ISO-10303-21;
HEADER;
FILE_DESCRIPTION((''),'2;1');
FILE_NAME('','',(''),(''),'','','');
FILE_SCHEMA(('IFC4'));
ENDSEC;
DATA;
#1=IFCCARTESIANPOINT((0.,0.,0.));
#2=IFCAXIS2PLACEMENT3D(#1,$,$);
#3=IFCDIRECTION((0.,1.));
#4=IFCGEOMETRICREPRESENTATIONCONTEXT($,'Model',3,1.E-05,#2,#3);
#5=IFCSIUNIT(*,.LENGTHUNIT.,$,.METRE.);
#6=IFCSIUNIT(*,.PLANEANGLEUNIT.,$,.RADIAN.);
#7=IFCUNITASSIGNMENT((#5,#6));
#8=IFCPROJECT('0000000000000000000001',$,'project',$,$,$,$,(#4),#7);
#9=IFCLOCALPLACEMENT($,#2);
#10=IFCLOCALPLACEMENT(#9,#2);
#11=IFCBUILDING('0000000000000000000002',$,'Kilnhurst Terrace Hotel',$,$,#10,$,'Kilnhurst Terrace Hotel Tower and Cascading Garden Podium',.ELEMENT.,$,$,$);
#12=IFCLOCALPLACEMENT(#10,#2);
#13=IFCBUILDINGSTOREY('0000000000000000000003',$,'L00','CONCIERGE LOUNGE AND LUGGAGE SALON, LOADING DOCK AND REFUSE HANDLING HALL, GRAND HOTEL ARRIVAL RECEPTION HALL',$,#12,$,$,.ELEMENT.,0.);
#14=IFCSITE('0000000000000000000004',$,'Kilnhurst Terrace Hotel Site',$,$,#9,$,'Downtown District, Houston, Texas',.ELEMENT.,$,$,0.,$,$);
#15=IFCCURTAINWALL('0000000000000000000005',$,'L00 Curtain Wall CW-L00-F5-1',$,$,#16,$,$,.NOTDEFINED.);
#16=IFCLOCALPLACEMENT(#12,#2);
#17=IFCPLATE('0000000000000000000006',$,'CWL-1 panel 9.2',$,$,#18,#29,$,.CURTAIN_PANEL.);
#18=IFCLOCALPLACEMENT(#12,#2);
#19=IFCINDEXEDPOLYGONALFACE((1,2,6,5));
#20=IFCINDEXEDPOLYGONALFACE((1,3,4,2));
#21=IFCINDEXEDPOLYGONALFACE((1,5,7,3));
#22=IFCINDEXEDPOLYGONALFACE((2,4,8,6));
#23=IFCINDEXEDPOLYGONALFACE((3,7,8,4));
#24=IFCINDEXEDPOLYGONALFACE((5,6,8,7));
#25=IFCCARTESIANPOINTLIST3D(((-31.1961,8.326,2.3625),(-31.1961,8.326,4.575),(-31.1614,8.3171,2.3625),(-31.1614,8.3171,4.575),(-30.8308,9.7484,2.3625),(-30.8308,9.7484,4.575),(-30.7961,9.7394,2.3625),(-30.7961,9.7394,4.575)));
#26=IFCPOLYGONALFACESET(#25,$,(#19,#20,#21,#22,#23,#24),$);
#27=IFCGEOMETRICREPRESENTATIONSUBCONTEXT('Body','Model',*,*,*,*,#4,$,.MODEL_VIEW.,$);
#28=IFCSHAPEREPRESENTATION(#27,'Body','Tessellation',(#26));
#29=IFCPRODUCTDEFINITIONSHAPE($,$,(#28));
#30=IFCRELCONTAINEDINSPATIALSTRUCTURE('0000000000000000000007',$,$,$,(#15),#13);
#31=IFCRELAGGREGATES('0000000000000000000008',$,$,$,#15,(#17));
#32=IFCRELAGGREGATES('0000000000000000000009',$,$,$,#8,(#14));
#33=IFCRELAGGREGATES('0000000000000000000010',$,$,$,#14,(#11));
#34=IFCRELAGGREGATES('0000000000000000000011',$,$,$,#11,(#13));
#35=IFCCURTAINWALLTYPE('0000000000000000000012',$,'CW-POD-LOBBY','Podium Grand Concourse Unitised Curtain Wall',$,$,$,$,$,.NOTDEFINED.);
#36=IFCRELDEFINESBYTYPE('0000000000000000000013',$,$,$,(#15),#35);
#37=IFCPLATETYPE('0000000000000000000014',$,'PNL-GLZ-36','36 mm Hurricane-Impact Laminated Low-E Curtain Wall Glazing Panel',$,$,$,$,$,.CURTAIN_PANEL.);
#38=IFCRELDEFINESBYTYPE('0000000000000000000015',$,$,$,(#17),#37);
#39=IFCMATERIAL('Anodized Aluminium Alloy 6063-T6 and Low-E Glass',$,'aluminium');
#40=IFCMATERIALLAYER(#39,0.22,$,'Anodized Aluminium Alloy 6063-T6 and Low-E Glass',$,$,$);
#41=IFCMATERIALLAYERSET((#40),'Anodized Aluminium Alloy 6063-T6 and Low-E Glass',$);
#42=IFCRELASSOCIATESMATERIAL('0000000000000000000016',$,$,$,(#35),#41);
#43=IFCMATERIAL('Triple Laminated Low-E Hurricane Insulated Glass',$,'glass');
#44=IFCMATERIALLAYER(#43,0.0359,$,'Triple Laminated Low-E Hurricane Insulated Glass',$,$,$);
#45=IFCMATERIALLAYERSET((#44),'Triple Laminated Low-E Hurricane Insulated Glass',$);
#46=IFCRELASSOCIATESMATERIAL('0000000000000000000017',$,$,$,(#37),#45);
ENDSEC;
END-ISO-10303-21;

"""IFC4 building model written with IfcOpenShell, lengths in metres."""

from ifc_helpers import new_model, si_unit, direction, frame, origin, origin_2d, place, context, subcontext, project, spatial, rectangle, extrude, material, layer, layer_set, type_object, element, aggregate, save


model = new_model("IFC4")

# Units and contexts
model_context = context("Model", 3, precision=1e-05, world=origin(), true_north=direction((0.0, 1.0)))
body_context = subcontext(model_context, "Body", "Model", "MODEL_VIEW")
ifc_project = project(units=[si_unit("LENGTHUNIT", "METRE"), si_unit("PLANEANGLEUNIT", "RADIAN")], contexts=[model_context])

# Site, building, storey
site_placement = place(None, origin())
site = spatial("IfcSite", under=ifc_project, at=site_placement, Name="Kilnhurst Terrace Hotel Site", LongName="Downtown District, Houston, Texas", CompositionType="ELEMENT", RefElevation=0.0)
building_placement = place(site_placement, origin())
building = spatial("IfcBuilding", under=site, at=building_placement, Name="Kilnhurst Terrace Hotel", LongName="Kilnhurst Terrace Hotel Tower and Cascading Garden Podium", CompositionType="ELEMENT")
storey_placement = place(building_placement, origin())
storey = spatial("IfcBuildingStorey", under=building, at=storey_placement, Name="L00", Description="CONCIERGE LOUNGE AND LUGGAGE SALON, LOADING DOCK AND REFUSE HANDLING HALL, GRAND HOTEL ARRIVAL RECEPTION HALL", CompositionType="ELEMENT", Elevation=0.0)

# Curtain wall, plate
ifc_material_1 = material(Name="Anodized Aluminium Alloy 6063-T6 and Low-E Glass", Category="aluminium")
ifc_layer_1 = layer(ifc_material_1, 0.22, Name="Anodized Aluminium Alloy 6063-T6 and Low-E Glass")
ifc_layer_set_1 = layer_set([ifc_layer_1], Name="Anodized Aluminium Alloy 6063-T6 and Low-E Glass")
curtain_wall_type = type_object("IfcCurtainWallType", Name="CW-POD-LOBBY", Description="Podium Grand Concourse Unitised Curtain Wall", PredefinedType="NOTDEFINED", material=ifc_layer_set_1)
curtain_wall_placement = place(storey_placement, origin())
curtain_wall = element("IfcCurtainWall", 1, at=curtain_wall_placement, inside=storey, type_object=curtain_wall_type, Name="L00 Curtain Wall CW-L00-F5-1", PredefinedType="NOTDEFINED")
ifc_material_2 = material(Name="Triple Laminated Low-E Hurricane Insulated Glass", Category="glass")
ifc_layer_2 = layer(ifc_material_2, 0.0359, Name="Triple Laminated Low-E Hurricane Insulated Glass")
ifc_layer_set_2 = layer_set([ifc_layer_2], Name="Triple Laminated Low-E Hurricane Insulated Glass")
plate_type = type_object("IfcPlateType", Name="PNL-GLZ-36", Description="36 mm Hurricane-Impact Laminated Low-E Curtain Wall Glazing Panel", PredefinedType="CURTAIN_PANEL", material=ifc_layer_set_2)
plate_1_placement = place(storey_placement, frame((-30.9961, 9.0327, 2.3625), z_axis=(0.0, 0.0, 1.0), x_axis=(-0.24874, -0.96857, 0.0)))
plate_1 = element("IfcPlate", 2, at=plate_1_placement, type_object=plate_type, Name="CWL-1 panel 9.2", PredefinedType="CURTAIN_PANEL", context=body_context, shape_type="SweptSolid", body=[
    extrude(rectangle(XDim=1.4685, YDim=0.0359, at=origin_2d()), origin(), (0.0, 0.0, 1.0), 2.2124),
])
aggregate(curtain_wall, [plate_1])

save(model, "model.ifc")
